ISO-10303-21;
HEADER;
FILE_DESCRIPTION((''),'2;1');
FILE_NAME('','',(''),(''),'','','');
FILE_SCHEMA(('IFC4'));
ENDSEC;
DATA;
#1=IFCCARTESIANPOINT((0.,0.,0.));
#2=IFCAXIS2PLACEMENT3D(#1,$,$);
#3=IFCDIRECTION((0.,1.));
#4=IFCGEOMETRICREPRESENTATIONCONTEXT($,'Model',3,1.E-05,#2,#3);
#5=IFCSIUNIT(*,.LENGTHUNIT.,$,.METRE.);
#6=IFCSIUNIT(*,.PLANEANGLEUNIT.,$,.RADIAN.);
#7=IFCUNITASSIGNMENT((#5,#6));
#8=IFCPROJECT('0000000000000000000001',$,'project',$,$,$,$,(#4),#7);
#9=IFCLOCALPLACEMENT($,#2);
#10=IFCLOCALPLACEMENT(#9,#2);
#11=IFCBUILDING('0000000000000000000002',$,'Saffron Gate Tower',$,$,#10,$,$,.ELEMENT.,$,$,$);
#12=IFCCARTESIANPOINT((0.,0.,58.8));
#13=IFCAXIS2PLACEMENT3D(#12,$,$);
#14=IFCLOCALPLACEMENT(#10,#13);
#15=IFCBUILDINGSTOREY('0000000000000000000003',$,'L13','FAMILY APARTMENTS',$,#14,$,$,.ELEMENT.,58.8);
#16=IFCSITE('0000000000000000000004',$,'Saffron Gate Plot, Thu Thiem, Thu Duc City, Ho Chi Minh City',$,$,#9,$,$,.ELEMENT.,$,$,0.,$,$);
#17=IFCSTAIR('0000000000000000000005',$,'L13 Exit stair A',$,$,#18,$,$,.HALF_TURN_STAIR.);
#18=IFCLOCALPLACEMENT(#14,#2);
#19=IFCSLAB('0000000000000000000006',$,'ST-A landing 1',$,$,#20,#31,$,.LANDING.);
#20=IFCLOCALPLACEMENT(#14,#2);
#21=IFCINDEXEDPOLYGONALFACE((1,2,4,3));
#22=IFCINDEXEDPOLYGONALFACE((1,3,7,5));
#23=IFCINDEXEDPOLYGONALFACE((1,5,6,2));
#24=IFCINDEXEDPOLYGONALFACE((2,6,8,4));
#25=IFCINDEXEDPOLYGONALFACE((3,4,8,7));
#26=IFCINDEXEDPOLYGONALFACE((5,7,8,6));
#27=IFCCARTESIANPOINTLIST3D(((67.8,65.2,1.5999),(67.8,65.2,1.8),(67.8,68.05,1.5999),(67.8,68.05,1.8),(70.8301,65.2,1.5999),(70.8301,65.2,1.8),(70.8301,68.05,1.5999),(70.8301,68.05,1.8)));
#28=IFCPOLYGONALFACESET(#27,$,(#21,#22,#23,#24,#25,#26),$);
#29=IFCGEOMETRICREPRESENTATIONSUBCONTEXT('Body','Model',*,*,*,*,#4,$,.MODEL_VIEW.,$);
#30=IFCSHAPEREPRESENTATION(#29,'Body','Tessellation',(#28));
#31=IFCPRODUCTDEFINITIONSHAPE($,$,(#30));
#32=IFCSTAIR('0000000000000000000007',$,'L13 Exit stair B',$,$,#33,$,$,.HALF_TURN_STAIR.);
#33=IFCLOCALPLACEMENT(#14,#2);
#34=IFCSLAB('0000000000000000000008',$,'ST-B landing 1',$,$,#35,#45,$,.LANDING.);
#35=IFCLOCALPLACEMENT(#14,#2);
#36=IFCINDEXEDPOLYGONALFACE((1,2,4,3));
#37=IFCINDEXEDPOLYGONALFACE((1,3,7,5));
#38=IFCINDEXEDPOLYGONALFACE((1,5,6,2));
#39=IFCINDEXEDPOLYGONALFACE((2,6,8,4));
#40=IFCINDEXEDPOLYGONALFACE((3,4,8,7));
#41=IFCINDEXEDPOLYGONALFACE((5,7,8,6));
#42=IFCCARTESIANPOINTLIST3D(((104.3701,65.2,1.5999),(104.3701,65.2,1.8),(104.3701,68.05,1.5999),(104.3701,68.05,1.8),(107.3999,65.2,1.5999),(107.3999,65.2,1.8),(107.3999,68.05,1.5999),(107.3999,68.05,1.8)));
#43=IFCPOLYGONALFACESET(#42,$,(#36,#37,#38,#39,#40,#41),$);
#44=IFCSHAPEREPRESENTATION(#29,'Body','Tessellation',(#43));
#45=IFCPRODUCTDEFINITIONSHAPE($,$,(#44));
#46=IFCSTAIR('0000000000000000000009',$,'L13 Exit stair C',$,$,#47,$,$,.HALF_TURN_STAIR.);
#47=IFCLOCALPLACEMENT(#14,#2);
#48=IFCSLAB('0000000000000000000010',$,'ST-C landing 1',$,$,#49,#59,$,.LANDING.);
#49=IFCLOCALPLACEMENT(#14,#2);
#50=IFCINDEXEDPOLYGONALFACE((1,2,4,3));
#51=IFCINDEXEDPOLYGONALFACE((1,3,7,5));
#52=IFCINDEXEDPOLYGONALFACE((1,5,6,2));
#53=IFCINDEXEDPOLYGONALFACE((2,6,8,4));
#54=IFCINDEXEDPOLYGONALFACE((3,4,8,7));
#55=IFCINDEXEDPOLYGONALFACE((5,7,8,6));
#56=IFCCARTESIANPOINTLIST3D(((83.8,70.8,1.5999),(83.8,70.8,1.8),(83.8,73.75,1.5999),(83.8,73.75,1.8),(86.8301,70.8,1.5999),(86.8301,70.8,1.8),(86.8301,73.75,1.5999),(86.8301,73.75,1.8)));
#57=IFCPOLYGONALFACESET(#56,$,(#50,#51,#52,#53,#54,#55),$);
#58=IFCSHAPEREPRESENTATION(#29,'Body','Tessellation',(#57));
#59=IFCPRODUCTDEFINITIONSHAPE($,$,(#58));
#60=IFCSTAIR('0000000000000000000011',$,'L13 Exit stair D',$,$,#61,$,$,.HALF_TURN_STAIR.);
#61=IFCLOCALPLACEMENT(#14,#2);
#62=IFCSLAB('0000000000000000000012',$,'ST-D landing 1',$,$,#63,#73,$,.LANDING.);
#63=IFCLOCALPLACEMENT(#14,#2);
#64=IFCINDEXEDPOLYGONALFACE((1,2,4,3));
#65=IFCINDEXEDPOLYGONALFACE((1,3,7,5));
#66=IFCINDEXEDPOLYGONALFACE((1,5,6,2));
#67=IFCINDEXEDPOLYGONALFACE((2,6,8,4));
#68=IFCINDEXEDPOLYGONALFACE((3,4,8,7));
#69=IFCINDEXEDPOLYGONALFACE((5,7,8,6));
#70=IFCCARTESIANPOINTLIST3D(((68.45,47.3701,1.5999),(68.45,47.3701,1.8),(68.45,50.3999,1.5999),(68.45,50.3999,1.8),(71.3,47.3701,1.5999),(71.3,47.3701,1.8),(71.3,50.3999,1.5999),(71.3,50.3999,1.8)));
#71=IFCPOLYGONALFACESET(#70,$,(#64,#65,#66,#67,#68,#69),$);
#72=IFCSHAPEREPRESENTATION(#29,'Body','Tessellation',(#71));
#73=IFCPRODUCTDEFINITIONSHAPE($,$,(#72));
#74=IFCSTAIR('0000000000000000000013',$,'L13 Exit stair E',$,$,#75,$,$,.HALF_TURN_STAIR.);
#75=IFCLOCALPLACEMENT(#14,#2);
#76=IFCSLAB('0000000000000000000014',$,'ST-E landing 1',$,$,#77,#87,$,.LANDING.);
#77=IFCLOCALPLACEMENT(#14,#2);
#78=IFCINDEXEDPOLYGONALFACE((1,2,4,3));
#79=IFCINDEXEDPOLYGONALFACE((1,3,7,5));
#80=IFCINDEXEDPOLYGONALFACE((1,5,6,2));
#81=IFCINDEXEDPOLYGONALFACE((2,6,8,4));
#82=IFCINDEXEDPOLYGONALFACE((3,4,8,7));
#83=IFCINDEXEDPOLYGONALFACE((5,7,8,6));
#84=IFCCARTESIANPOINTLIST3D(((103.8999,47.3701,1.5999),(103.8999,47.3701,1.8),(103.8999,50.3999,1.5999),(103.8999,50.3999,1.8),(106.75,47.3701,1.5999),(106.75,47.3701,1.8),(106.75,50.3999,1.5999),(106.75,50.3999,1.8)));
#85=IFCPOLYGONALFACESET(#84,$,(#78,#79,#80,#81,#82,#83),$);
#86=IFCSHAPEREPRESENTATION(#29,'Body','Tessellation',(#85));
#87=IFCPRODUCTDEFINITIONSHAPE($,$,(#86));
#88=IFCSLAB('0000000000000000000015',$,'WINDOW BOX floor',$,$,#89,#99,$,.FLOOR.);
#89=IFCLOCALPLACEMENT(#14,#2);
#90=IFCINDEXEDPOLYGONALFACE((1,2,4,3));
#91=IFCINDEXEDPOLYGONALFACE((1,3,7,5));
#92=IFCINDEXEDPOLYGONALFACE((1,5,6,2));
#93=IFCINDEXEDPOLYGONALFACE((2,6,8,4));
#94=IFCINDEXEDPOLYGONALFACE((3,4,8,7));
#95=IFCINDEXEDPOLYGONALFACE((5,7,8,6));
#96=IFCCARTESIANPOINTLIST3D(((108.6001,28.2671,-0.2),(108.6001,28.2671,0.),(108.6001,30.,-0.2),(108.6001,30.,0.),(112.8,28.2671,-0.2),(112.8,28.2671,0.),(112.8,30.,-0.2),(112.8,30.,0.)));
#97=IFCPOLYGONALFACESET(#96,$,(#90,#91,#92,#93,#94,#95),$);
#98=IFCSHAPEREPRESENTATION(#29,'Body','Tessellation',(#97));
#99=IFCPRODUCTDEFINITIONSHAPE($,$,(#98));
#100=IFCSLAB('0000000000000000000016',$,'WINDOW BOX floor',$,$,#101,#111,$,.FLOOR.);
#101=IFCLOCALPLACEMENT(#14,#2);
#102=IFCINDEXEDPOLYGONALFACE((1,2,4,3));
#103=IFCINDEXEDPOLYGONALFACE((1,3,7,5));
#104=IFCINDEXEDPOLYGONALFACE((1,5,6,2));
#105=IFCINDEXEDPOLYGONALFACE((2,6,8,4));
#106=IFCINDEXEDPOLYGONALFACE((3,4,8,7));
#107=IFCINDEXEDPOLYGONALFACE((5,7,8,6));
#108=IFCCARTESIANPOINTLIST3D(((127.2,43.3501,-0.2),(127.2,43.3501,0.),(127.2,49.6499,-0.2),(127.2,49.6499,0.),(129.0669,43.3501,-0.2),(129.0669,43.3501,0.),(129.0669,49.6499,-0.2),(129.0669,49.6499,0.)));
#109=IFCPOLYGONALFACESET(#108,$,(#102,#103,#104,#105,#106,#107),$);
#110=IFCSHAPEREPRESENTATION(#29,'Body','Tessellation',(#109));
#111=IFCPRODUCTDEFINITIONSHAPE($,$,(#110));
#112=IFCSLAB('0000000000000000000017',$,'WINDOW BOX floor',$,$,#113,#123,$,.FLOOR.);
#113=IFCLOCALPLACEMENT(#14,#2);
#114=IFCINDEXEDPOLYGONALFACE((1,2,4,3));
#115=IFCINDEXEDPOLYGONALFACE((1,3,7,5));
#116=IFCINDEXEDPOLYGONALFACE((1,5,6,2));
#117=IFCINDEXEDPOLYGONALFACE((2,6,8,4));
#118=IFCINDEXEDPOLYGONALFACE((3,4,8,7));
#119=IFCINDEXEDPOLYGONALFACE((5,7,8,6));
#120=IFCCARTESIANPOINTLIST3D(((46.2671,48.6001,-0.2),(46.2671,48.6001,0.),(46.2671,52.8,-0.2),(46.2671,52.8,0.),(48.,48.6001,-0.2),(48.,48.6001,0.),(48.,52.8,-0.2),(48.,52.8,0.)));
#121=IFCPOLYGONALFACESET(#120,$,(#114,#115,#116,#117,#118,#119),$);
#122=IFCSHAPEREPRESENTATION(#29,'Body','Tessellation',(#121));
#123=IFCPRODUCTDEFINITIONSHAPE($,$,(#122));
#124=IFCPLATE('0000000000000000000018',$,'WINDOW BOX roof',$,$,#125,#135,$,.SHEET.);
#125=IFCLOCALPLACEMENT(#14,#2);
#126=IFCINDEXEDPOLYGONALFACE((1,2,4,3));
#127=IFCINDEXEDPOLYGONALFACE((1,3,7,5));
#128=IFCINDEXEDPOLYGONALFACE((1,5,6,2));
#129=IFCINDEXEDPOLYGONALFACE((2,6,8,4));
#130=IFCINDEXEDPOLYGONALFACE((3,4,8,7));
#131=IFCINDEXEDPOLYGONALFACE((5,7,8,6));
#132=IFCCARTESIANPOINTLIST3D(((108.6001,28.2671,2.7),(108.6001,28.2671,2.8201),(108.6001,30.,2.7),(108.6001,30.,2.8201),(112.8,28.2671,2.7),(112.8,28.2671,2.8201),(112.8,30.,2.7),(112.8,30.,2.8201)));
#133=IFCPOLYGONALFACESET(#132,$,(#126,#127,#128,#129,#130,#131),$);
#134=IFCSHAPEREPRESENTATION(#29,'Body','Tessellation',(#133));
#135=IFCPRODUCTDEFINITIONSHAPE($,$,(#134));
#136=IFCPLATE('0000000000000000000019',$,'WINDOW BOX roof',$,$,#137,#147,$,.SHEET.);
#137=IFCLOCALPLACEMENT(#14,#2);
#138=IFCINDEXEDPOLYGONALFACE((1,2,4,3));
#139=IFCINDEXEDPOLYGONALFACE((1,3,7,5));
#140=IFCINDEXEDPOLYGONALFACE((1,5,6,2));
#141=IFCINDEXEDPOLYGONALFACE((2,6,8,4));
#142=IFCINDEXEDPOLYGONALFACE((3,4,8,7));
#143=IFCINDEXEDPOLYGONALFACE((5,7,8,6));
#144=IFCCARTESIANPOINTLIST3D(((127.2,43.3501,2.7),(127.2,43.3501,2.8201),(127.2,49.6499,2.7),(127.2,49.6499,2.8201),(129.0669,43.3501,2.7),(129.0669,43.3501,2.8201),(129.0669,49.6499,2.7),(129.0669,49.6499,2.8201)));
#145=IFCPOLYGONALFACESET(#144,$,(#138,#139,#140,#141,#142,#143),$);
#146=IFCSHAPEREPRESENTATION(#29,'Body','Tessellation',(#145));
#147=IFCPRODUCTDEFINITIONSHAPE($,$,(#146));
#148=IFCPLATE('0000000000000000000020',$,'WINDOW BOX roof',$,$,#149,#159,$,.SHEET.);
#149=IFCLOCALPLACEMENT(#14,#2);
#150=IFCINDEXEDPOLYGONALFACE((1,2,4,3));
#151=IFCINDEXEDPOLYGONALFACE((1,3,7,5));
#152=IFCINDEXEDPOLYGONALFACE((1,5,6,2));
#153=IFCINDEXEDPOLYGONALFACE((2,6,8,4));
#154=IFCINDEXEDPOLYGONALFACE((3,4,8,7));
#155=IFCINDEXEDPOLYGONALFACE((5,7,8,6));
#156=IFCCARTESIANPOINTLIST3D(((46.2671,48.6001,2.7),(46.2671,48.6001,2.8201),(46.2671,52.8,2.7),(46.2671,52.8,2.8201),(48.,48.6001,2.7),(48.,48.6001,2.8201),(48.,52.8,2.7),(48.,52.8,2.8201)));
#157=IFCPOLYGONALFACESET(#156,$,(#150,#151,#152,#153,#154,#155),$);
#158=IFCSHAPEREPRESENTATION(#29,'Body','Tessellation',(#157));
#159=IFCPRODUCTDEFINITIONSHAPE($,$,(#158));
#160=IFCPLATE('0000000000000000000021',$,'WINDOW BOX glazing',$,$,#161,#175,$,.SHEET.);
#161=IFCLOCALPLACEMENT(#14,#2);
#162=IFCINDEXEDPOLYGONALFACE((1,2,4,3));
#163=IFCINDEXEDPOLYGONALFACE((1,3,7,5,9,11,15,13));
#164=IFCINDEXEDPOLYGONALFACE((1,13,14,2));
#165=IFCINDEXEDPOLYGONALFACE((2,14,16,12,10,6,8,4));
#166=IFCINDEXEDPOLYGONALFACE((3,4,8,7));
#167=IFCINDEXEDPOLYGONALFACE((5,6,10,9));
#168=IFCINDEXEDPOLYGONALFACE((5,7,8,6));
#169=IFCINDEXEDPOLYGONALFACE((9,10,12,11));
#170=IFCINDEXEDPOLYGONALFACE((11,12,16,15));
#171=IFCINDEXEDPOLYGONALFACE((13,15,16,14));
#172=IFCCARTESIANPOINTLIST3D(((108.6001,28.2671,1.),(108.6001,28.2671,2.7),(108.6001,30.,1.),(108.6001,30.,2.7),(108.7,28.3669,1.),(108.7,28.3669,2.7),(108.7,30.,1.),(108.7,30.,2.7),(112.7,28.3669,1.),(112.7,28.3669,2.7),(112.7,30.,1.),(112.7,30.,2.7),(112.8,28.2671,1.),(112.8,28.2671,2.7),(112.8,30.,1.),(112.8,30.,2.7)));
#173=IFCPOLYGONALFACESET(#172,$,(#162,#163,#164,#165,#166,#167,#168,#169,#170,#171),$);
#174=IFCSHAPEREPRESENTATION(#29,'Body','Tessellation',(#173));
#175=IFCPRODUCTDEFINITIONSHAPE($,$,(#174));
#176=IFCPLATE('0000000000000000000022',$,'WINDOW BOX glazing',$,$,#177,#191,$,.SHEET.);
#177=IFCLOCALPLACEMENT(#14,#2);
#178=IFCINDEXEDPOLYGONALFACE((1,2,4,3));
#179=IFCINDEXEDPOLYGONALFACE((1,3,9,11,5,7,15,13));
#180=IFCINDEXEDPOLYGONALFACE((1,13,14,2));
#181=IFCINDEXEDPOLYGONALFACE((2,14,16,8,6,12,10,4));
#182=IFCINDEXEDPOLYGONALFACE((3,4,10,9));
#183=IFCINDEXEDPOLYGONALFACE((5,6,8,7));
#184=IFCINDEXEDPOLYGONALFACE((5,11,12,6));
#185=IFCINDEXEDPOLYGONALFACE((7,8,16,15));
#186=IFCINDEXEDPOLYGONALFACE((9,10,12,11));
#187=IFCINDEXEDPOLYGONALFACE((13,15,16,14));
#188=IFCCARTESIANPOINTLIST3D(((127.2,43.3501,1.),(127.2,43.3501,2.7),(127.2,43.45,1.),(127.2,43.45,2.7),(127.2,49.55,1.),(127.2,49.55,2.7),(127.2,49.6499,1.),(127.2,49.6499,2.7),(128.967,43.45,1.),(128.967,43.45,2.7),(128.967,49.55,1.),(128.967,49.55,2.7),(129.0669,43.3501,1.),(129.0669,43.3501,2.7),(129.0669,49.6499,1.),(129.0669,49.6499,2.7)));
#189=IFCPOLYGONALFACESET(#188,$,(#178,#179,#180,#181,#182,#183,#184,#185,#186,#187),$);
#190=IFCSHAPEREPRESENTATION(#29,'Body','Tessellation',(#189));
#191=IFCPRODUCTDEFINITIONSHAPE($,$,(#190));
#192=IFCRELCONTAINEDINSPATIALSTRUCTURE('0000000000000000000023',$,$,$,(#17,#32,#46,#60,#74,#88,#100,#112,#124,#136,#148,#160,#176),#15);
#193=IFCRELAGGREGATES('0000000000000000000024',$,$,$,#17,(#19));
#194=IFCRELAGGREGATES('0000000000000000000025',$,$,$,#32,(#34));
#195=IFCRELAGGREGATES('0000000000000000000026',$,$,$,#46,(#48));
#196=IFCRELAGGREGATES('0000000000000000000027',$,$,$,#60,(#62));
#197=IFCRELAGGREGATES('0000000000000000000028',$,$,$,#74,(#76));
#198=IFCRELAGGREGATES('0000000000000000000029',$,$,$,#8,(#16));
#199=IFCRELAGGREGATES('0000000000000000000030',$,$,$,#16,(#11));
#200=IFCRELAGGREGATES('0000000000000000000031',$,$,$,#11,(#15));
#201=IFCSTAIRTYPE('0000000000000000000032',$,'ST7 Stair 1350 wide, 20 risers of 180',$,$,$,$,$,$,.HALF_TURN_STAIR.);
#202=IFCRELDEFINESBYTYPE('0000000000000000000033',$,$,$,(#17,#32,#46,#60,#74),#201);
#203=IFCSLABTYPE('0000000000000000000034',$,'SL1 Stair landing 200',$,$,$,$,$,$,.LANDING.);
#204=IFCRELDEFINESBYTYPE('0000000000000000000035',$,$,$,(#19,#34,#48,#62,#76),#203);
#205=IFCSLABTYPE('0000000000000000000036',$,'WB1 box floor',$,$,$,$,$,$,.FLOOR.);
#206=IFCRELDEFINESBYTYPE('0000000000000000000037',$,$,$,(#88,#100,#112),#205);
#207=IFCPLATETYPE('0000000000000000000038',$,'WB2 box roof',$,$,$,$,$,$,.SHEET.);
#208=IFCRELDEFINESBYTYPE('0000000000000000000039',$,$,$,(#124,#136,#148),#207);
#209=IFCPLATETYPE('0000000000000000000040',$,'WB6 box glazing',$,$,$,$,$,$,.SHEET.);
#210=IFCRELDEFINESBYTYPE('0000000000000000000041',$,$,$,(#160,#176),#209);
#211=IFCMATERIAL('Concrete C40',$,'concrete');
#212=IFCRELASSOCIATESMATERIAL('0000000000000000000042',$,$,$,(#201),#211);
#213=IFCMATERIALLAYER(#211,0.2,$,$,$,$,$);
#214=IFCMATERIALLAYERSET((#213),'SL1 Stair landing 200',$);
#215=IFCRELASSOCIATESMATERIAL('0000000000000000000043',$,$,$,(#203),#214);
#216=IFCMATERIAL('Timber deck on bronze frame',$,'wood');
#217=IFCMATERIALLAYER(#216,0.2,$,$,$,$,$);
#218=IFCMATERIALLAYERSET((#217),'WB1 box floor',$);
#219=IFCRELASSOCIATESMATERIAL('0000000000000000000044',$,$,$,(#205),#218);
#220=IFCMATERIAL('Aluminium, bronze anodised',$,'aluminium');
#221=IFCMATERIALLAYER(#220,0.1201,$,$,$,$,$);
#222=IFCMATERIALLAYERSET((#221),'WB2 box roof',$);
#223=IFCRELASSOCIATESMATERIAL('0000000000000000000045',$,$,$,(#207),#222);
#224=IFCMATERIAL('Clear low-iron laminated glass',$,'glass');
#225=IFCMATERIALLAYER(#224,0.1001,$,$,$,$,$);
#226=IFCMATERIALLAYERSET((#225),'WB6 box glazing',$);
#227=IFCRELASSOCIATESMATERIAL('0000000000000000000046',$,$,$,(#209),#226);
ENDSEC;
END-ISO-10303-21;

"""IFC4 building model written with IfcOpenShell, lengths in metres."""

from ifc_helpers import new_model, si_unit, direction, frame, origin, place, context, subcontext, project, spatial, polyline, outline, extrude, material, layer, layer_set, type_object, element, aggregate, save


model = new_model("IFC4")

# Units and contexts
model_context = context("Model", 3, precision=1e-05, world=origin(), true_north=direction((0.0, 1.0)))
body_context = subcontext(model_context, "Body", "Model", "MODEL_VIEW")
ifc_project = project(units=[si_unit("LENGTHUNIT", "METRE"), si_unit("PLANEANGLEUNIT", "RADIAN")], contexts=[model_context])

# Site, building, storey
site_placement = place(None, origin())
site = spatial("IfcSite", under=ifc_project, at=site_placement, Name="Saffron Gate Plot, Thu Thiem, Thu Duc City, Ho Chi Minh City", CompositionType="ELEMENT", RefElevation=0.0)
building_placement = place(site_placement, origin())
building = spatial("IfcBuilding", under=site, at=building_placement, Name="Saffron Gate Tower", CompositionType="ELEMENT")
storey_placement = place(building_placement, frame((0.0, 0.0, 58.8)))
storey = spatial("IfcBuildingStorey", under=building, at=storey_placement, Name="L13", Description="FAMILY APARTMENTS", CompositionType="ELEMENT", Elevation=58.8)

# Shared definitions
ifc_material_1 = material(Name="Aluminium, bronze anodised", Category="aluminium")

# Shared definitions
ifc_material_2 = material(Name="Concrete C40", Category="concrete")

# Stairs, slabs
stair_type = type_object("IfcStairType", Name="ST7 Stair 1350 wide, 20 risers of 180", PredefinedType="HALF_TURN_STAIR", material=ifc_material_2)
stair_1_placement = place(storey_placement, origin())
stair_1 = element("IfcStair", 1, at=stair_1_placement, inside=storey, type_object=stair_type, Name="L13 Exit stair A", PredefinedType="HALF_TURN_STAIR")
ifc_layer_1 = layer(ifc_material_2, 0.2)
ifc_layer_set_1 = layer_set([ifc_layer_1], Name="SL1 Stair landing 200")
slab_type_1 = type_object("IfcSlabType", Name="SL1 Stair landing 200", PredefinedType="LANDING", material=ifc_layer_set_1)
slab_1_placement = place(storey_placement, frame((0.0, 0.0, 1.5999)))
slab_1 = element("IfcSlab", 2, at=slab_1_placement, type_object=slab_type_1, Name="ST-A landing 1", PredefinedType="LANDING", context=body_context, shape_type="SweptSolid", body=[
    extrude(outline(polyline([(70.8301, 68.05), (67.8, 68.05), (67.8, 65.2), (70.8301, 65.2), (70.8301, 68.05)])), origin(), (0.0, 0.0, 1.0), 0.2002),
])
aggregate(stair_1, [slab_1])
stair_2_placement = place(storey_placement, origin())
stair_2 = element("IfcStair", 3, at=stair_2_placement, inside=storey, type_object=stair_type, Name="L13 Exit stair B", PredefinedType="HALF_TURN_STAIR")
slab_2_placement = place(storey_placement, frame((0.0, 0.0, 1.5999)))
slab_2 = element("IfcSlab", 4, at=slab_2_placement, type_object=slab_type_1, Name="ST-B landing 1", PredefinedType="LANDING", context=body_context, shape_type="SweptSolid", body=[
    extrude(outline(polyline([(104.3701, 65.2), (107.3999, 65.2), (107.3999, 68.05), (104.3701, 68.05), (104.3701, 65.2)])), origin(), (0.0, 0.0, 1.0), 0.2002),
])
aggregate(stair_2, [slab_2])
stair_3_placement = place(storey_placement, origin())
stair_3 = element("IfcStair", 5, at=stair_3_placement, inside=storey, type_object=stair_type, Name="L13 Exit stair C", PredefinedType="HALF_TURN_STAIR")
slab_3_placement = place(storey_placement, frame((0.0, 0.0, 1.5999)))
slab_3 = element("IfcSlab", 6, at=slab_3_placement, type_object=slab_type_1, Name="ST-C landing 1", PredefinedType="LANDING", context=body_context, shape_type="SweptSolid", body=[
    extrude(outline(polyline([(86.8301, 73.75), (83.8, 73.75), (83.8, 70.8), (86.8301, 70.8), (86.8301, 73.75)])), origin(), (0.0, 0.0, 1.0), 0.2002),
])
aggregate(stair_3, [slab_3])
stair_4_placement = place(storey_placement, origin())
stair_4 = element("IfcStair", 7, at=stair_4_placement, inside=storey, type_object=stair_type, Name="L13 Exit stair D", PredefinedType="HALF_TURN_STAIR")
slab_4_placement = place(storey_placement, frame((0.0, 0.0, 1.5999)))
slab_4 = element("IfcSlab", 8, at=slab_4_placement, type_object=slab_type_1, Name="ST-D landing 1", PredefinedType="LANDING", context=body_context, shape_type="SweptSolid", body=[
    extrude(outline(polyline([(71.3, 47.3701), (71.3, 50.3999), (68.45, 50.3999), (68.45, 47.3701), (71.3, 47.3701)])), origin(), (0.0, 0.0, 1.0), 0.2002),
])
aggregate(stair_4, [slab_4])
stair_5_placement = place(storey_placement, origin())
stair_5 = element("IfcStair", 9, at=stair_5_placement, inside=storey, type_object=stair_type, Name="L13 Exit stair E", PredefinedType="HALF_TURN_STAIR")
slab_5_placement = place(storey_placement, frame((0.0, 0.0, 1.5999)))
slab_5 = element("IfcSlab", 10, at=slab_5_placement, type_object=slab_type_1, Name="ST-E landing 1", PredefinedType="LANDING", context=body_context, shape_type="SweptSolid", body=[
    extrude(outline(polyline([(106.75, 47.3701), (106.75, 50.3999), (103.8999, 50.3999), (103.8999, 47.3701), (106.75, 47.3701)])), origin(), (0.0, 0.0, 1.0), 0.2002),
])
aggregate(stair_5, [slab_5])

# Slabs
ifc_material_3 = material(Name="Timber deck on bronze frame", Category="wood")
ifc_layer_2 = layer(ifc_material_3, 0.2)
ifc_layer_set_2 = layer_set([ifc_layer_2], Name="WB1 box floor")
slab_type_2 = type_object("IfcSlabType", Name="WB1 box floor", PredefinedType="FLOOR", material=ifc_layer_set_2)
slab_6_placement = place(storey_placement, frame((0.0, 0.0, -0.2)))
element("IfcSlab", 11, at=slab_6_placement, inside=storey, type_object=slab_type_2, Name="WINDOW BOX floor", PredefinedType="FLOOR", context=body_context, shape_type="SweptSolid", body=[
    extrude(outline(polyline([(108.6001, 30.0), (112.8, 30.0), (112.8, 28.2671), (108.6001, 28.2671), (108.6001, 30.0)])), origin(), (0.0, 0.0, 1.0), 0.2),
])
slab_7_placement = place(storey_placement, frame((0.0, 0.0, -0.2)))
element("IfcSlab", 12, at=slab_7_placement, inside=storey, type_object=slab_type_2, Name="WINDOW BOX floor", PredefinedType="FLOOR", context=body_context, shape_type="SweptSolid", body=[
    extrude(outline(polyline([(127.2, 43.3501), (127.2, 49.6499), (129.0669, 49.6499), (129.0669, 43.3501), (127.2, 43.3501)])), origin(), (0.0, 0.0, 1.0), 0.2),
])
slab_8_placement = place(storey_placement, frame((0.0, 0.0, -0.2)))
element("IfcSlab", 13, at=slab_8_placement, inside=storey, type_object=slab_type_2, Name="WINDOW BOX floor", PredefinedType="FLOOR", context=body_context, shape_type="SweptSolid", body=[
    extrude(outline(polyline([(48.0, 52.8), (48.0, 48.6001), (46.2671, 48.6001), (46.2671, 52.8), (48.0, 52.8)])), origin(), (0.0, 0.0, 1.0), 0.2),
])

# Plates
ifc_layer_3 = layer(ifc_material_1, 0.1201)
ifc_layer_set_3 = layer_set([ifc_layer_3], Name="WB2 box roof")
plate_type_1 = type_object("IfcPlateType", Name="WB2 box roof", PredefinedType="SHEET", material=ifc_layer_set_3)
plate_1_placement = place(storey_placement, frame((0.0, 0.0, 2.7)))
element("IfcPlate", 14, at=plate_1_placement, inside=storey, type_object=plate_type_1, Name="WINDOW BOX roof", PredefinedType="SHEET", context=body_context, shape_type="SweptSolid", body=[
    extrude(outline(polyline([(108.6001, 30.0), (112.8, 30.0), (112.8, 28.2671), (108.6001, 28.2671), (108.6001, 30.0)])), origin(), (0.0, 0.0, 1.0), 0.1201),
])
plate_2_placement = place(storey_placement, frame((0.0, 0.0, 2.7)))
element("IfcPlate", 15, at=plate_2_placement, inside=storey, type_object=plate_type_1, Name="WINDOW BOX roof", PredefinedType="SHEET", context=body_context, shape_type="SweptSolid", body=[
    extrude(outline(polyline([(127.2, 43.3501), (127.2, 49.6499), (129.0669, 49.6499), (129.0669, 43.3501), (127.2, 43.3501)])), origin(), (0.0, 0.0, 1.0), 0.1201),
])
plate_3_placement = place(storey_placement, frame((0.0, 0.0, 2.7)))
element("IfcPlate", 16, at=plate_3_placement, inside=storey, type_object=plate_type_1, Name="WINDOW BOX roof", PredefinedType="SHEET", context=body_context, shape_type="SweptSolid", body=[
    extrude(outline(polyline([(48.0, 52.8), (48.0, 48.6001), (46.2671, 48.6001), (46.2671, 52.8), (48.0, 52.8)])), origin(), (0.0, 0.0, 1.0), 0.1201),
])
ifc_material_4 = material(Name="Clear low-iron laminated glass", Category="glass")
ifc_layer_4 = layer(ifc_material_4, 0.1001)
ifc_layer_set_4 = layer_set([ifc_layer_4], Name="WB6 box glazing")
plate_type_2 = type_object("IfcPlateType", Name="WB6 box glazing", PredefinedType="SHEET", material=ifc_layer_set_4)
plate_4_placement = place(storey_placement, frame((0.0, 0.0, 1.0)))
element("IfcPlate", 17, at=plate_4_placement, inside=storey, type_object=plate_type_2, Name="WINDOW BOX glazing", PredefinedType="SHEET", context=body_context, shape_type="SweptSolid", body=[
    extrude(outline(polyline([(108.6001, 30.0), (108.7, 30.0), (108.7, 28.3669), (112.7, 28.3669), (112.7, 30.0), (112.8, 30.0), (112.8, 28.2671), (108.6001, 28.2671), (108.6001, 30.0)])), origin(), (0.0, 0.0, 1.0), 1.7),
])
plate_5_placement = place(storey_placement, frame((0.0, 0.0, 1.0)))
element("IfcPlate", 18, at=plate_5_placement, inside=storey, type_object=plate_type_2, Name="WINDOW BOX glazing", PredefinedType="SHEET", context=body_context, shape_type="SweptSolid", body=[
    extrude(outline(polyline([(127.2, 43.3501), (127.2, 43.45), (128.967, 43.45), (128.967, 49.55), (127.2, 49.55), (127.2, 49.6499), (129.0669, 49.6499), (129.0669, 43.3501), (127.2, 43.3501)])), origin(), (0.0, 0.0, 1.0), 1.7),
])

save(model, "model.ifc")
